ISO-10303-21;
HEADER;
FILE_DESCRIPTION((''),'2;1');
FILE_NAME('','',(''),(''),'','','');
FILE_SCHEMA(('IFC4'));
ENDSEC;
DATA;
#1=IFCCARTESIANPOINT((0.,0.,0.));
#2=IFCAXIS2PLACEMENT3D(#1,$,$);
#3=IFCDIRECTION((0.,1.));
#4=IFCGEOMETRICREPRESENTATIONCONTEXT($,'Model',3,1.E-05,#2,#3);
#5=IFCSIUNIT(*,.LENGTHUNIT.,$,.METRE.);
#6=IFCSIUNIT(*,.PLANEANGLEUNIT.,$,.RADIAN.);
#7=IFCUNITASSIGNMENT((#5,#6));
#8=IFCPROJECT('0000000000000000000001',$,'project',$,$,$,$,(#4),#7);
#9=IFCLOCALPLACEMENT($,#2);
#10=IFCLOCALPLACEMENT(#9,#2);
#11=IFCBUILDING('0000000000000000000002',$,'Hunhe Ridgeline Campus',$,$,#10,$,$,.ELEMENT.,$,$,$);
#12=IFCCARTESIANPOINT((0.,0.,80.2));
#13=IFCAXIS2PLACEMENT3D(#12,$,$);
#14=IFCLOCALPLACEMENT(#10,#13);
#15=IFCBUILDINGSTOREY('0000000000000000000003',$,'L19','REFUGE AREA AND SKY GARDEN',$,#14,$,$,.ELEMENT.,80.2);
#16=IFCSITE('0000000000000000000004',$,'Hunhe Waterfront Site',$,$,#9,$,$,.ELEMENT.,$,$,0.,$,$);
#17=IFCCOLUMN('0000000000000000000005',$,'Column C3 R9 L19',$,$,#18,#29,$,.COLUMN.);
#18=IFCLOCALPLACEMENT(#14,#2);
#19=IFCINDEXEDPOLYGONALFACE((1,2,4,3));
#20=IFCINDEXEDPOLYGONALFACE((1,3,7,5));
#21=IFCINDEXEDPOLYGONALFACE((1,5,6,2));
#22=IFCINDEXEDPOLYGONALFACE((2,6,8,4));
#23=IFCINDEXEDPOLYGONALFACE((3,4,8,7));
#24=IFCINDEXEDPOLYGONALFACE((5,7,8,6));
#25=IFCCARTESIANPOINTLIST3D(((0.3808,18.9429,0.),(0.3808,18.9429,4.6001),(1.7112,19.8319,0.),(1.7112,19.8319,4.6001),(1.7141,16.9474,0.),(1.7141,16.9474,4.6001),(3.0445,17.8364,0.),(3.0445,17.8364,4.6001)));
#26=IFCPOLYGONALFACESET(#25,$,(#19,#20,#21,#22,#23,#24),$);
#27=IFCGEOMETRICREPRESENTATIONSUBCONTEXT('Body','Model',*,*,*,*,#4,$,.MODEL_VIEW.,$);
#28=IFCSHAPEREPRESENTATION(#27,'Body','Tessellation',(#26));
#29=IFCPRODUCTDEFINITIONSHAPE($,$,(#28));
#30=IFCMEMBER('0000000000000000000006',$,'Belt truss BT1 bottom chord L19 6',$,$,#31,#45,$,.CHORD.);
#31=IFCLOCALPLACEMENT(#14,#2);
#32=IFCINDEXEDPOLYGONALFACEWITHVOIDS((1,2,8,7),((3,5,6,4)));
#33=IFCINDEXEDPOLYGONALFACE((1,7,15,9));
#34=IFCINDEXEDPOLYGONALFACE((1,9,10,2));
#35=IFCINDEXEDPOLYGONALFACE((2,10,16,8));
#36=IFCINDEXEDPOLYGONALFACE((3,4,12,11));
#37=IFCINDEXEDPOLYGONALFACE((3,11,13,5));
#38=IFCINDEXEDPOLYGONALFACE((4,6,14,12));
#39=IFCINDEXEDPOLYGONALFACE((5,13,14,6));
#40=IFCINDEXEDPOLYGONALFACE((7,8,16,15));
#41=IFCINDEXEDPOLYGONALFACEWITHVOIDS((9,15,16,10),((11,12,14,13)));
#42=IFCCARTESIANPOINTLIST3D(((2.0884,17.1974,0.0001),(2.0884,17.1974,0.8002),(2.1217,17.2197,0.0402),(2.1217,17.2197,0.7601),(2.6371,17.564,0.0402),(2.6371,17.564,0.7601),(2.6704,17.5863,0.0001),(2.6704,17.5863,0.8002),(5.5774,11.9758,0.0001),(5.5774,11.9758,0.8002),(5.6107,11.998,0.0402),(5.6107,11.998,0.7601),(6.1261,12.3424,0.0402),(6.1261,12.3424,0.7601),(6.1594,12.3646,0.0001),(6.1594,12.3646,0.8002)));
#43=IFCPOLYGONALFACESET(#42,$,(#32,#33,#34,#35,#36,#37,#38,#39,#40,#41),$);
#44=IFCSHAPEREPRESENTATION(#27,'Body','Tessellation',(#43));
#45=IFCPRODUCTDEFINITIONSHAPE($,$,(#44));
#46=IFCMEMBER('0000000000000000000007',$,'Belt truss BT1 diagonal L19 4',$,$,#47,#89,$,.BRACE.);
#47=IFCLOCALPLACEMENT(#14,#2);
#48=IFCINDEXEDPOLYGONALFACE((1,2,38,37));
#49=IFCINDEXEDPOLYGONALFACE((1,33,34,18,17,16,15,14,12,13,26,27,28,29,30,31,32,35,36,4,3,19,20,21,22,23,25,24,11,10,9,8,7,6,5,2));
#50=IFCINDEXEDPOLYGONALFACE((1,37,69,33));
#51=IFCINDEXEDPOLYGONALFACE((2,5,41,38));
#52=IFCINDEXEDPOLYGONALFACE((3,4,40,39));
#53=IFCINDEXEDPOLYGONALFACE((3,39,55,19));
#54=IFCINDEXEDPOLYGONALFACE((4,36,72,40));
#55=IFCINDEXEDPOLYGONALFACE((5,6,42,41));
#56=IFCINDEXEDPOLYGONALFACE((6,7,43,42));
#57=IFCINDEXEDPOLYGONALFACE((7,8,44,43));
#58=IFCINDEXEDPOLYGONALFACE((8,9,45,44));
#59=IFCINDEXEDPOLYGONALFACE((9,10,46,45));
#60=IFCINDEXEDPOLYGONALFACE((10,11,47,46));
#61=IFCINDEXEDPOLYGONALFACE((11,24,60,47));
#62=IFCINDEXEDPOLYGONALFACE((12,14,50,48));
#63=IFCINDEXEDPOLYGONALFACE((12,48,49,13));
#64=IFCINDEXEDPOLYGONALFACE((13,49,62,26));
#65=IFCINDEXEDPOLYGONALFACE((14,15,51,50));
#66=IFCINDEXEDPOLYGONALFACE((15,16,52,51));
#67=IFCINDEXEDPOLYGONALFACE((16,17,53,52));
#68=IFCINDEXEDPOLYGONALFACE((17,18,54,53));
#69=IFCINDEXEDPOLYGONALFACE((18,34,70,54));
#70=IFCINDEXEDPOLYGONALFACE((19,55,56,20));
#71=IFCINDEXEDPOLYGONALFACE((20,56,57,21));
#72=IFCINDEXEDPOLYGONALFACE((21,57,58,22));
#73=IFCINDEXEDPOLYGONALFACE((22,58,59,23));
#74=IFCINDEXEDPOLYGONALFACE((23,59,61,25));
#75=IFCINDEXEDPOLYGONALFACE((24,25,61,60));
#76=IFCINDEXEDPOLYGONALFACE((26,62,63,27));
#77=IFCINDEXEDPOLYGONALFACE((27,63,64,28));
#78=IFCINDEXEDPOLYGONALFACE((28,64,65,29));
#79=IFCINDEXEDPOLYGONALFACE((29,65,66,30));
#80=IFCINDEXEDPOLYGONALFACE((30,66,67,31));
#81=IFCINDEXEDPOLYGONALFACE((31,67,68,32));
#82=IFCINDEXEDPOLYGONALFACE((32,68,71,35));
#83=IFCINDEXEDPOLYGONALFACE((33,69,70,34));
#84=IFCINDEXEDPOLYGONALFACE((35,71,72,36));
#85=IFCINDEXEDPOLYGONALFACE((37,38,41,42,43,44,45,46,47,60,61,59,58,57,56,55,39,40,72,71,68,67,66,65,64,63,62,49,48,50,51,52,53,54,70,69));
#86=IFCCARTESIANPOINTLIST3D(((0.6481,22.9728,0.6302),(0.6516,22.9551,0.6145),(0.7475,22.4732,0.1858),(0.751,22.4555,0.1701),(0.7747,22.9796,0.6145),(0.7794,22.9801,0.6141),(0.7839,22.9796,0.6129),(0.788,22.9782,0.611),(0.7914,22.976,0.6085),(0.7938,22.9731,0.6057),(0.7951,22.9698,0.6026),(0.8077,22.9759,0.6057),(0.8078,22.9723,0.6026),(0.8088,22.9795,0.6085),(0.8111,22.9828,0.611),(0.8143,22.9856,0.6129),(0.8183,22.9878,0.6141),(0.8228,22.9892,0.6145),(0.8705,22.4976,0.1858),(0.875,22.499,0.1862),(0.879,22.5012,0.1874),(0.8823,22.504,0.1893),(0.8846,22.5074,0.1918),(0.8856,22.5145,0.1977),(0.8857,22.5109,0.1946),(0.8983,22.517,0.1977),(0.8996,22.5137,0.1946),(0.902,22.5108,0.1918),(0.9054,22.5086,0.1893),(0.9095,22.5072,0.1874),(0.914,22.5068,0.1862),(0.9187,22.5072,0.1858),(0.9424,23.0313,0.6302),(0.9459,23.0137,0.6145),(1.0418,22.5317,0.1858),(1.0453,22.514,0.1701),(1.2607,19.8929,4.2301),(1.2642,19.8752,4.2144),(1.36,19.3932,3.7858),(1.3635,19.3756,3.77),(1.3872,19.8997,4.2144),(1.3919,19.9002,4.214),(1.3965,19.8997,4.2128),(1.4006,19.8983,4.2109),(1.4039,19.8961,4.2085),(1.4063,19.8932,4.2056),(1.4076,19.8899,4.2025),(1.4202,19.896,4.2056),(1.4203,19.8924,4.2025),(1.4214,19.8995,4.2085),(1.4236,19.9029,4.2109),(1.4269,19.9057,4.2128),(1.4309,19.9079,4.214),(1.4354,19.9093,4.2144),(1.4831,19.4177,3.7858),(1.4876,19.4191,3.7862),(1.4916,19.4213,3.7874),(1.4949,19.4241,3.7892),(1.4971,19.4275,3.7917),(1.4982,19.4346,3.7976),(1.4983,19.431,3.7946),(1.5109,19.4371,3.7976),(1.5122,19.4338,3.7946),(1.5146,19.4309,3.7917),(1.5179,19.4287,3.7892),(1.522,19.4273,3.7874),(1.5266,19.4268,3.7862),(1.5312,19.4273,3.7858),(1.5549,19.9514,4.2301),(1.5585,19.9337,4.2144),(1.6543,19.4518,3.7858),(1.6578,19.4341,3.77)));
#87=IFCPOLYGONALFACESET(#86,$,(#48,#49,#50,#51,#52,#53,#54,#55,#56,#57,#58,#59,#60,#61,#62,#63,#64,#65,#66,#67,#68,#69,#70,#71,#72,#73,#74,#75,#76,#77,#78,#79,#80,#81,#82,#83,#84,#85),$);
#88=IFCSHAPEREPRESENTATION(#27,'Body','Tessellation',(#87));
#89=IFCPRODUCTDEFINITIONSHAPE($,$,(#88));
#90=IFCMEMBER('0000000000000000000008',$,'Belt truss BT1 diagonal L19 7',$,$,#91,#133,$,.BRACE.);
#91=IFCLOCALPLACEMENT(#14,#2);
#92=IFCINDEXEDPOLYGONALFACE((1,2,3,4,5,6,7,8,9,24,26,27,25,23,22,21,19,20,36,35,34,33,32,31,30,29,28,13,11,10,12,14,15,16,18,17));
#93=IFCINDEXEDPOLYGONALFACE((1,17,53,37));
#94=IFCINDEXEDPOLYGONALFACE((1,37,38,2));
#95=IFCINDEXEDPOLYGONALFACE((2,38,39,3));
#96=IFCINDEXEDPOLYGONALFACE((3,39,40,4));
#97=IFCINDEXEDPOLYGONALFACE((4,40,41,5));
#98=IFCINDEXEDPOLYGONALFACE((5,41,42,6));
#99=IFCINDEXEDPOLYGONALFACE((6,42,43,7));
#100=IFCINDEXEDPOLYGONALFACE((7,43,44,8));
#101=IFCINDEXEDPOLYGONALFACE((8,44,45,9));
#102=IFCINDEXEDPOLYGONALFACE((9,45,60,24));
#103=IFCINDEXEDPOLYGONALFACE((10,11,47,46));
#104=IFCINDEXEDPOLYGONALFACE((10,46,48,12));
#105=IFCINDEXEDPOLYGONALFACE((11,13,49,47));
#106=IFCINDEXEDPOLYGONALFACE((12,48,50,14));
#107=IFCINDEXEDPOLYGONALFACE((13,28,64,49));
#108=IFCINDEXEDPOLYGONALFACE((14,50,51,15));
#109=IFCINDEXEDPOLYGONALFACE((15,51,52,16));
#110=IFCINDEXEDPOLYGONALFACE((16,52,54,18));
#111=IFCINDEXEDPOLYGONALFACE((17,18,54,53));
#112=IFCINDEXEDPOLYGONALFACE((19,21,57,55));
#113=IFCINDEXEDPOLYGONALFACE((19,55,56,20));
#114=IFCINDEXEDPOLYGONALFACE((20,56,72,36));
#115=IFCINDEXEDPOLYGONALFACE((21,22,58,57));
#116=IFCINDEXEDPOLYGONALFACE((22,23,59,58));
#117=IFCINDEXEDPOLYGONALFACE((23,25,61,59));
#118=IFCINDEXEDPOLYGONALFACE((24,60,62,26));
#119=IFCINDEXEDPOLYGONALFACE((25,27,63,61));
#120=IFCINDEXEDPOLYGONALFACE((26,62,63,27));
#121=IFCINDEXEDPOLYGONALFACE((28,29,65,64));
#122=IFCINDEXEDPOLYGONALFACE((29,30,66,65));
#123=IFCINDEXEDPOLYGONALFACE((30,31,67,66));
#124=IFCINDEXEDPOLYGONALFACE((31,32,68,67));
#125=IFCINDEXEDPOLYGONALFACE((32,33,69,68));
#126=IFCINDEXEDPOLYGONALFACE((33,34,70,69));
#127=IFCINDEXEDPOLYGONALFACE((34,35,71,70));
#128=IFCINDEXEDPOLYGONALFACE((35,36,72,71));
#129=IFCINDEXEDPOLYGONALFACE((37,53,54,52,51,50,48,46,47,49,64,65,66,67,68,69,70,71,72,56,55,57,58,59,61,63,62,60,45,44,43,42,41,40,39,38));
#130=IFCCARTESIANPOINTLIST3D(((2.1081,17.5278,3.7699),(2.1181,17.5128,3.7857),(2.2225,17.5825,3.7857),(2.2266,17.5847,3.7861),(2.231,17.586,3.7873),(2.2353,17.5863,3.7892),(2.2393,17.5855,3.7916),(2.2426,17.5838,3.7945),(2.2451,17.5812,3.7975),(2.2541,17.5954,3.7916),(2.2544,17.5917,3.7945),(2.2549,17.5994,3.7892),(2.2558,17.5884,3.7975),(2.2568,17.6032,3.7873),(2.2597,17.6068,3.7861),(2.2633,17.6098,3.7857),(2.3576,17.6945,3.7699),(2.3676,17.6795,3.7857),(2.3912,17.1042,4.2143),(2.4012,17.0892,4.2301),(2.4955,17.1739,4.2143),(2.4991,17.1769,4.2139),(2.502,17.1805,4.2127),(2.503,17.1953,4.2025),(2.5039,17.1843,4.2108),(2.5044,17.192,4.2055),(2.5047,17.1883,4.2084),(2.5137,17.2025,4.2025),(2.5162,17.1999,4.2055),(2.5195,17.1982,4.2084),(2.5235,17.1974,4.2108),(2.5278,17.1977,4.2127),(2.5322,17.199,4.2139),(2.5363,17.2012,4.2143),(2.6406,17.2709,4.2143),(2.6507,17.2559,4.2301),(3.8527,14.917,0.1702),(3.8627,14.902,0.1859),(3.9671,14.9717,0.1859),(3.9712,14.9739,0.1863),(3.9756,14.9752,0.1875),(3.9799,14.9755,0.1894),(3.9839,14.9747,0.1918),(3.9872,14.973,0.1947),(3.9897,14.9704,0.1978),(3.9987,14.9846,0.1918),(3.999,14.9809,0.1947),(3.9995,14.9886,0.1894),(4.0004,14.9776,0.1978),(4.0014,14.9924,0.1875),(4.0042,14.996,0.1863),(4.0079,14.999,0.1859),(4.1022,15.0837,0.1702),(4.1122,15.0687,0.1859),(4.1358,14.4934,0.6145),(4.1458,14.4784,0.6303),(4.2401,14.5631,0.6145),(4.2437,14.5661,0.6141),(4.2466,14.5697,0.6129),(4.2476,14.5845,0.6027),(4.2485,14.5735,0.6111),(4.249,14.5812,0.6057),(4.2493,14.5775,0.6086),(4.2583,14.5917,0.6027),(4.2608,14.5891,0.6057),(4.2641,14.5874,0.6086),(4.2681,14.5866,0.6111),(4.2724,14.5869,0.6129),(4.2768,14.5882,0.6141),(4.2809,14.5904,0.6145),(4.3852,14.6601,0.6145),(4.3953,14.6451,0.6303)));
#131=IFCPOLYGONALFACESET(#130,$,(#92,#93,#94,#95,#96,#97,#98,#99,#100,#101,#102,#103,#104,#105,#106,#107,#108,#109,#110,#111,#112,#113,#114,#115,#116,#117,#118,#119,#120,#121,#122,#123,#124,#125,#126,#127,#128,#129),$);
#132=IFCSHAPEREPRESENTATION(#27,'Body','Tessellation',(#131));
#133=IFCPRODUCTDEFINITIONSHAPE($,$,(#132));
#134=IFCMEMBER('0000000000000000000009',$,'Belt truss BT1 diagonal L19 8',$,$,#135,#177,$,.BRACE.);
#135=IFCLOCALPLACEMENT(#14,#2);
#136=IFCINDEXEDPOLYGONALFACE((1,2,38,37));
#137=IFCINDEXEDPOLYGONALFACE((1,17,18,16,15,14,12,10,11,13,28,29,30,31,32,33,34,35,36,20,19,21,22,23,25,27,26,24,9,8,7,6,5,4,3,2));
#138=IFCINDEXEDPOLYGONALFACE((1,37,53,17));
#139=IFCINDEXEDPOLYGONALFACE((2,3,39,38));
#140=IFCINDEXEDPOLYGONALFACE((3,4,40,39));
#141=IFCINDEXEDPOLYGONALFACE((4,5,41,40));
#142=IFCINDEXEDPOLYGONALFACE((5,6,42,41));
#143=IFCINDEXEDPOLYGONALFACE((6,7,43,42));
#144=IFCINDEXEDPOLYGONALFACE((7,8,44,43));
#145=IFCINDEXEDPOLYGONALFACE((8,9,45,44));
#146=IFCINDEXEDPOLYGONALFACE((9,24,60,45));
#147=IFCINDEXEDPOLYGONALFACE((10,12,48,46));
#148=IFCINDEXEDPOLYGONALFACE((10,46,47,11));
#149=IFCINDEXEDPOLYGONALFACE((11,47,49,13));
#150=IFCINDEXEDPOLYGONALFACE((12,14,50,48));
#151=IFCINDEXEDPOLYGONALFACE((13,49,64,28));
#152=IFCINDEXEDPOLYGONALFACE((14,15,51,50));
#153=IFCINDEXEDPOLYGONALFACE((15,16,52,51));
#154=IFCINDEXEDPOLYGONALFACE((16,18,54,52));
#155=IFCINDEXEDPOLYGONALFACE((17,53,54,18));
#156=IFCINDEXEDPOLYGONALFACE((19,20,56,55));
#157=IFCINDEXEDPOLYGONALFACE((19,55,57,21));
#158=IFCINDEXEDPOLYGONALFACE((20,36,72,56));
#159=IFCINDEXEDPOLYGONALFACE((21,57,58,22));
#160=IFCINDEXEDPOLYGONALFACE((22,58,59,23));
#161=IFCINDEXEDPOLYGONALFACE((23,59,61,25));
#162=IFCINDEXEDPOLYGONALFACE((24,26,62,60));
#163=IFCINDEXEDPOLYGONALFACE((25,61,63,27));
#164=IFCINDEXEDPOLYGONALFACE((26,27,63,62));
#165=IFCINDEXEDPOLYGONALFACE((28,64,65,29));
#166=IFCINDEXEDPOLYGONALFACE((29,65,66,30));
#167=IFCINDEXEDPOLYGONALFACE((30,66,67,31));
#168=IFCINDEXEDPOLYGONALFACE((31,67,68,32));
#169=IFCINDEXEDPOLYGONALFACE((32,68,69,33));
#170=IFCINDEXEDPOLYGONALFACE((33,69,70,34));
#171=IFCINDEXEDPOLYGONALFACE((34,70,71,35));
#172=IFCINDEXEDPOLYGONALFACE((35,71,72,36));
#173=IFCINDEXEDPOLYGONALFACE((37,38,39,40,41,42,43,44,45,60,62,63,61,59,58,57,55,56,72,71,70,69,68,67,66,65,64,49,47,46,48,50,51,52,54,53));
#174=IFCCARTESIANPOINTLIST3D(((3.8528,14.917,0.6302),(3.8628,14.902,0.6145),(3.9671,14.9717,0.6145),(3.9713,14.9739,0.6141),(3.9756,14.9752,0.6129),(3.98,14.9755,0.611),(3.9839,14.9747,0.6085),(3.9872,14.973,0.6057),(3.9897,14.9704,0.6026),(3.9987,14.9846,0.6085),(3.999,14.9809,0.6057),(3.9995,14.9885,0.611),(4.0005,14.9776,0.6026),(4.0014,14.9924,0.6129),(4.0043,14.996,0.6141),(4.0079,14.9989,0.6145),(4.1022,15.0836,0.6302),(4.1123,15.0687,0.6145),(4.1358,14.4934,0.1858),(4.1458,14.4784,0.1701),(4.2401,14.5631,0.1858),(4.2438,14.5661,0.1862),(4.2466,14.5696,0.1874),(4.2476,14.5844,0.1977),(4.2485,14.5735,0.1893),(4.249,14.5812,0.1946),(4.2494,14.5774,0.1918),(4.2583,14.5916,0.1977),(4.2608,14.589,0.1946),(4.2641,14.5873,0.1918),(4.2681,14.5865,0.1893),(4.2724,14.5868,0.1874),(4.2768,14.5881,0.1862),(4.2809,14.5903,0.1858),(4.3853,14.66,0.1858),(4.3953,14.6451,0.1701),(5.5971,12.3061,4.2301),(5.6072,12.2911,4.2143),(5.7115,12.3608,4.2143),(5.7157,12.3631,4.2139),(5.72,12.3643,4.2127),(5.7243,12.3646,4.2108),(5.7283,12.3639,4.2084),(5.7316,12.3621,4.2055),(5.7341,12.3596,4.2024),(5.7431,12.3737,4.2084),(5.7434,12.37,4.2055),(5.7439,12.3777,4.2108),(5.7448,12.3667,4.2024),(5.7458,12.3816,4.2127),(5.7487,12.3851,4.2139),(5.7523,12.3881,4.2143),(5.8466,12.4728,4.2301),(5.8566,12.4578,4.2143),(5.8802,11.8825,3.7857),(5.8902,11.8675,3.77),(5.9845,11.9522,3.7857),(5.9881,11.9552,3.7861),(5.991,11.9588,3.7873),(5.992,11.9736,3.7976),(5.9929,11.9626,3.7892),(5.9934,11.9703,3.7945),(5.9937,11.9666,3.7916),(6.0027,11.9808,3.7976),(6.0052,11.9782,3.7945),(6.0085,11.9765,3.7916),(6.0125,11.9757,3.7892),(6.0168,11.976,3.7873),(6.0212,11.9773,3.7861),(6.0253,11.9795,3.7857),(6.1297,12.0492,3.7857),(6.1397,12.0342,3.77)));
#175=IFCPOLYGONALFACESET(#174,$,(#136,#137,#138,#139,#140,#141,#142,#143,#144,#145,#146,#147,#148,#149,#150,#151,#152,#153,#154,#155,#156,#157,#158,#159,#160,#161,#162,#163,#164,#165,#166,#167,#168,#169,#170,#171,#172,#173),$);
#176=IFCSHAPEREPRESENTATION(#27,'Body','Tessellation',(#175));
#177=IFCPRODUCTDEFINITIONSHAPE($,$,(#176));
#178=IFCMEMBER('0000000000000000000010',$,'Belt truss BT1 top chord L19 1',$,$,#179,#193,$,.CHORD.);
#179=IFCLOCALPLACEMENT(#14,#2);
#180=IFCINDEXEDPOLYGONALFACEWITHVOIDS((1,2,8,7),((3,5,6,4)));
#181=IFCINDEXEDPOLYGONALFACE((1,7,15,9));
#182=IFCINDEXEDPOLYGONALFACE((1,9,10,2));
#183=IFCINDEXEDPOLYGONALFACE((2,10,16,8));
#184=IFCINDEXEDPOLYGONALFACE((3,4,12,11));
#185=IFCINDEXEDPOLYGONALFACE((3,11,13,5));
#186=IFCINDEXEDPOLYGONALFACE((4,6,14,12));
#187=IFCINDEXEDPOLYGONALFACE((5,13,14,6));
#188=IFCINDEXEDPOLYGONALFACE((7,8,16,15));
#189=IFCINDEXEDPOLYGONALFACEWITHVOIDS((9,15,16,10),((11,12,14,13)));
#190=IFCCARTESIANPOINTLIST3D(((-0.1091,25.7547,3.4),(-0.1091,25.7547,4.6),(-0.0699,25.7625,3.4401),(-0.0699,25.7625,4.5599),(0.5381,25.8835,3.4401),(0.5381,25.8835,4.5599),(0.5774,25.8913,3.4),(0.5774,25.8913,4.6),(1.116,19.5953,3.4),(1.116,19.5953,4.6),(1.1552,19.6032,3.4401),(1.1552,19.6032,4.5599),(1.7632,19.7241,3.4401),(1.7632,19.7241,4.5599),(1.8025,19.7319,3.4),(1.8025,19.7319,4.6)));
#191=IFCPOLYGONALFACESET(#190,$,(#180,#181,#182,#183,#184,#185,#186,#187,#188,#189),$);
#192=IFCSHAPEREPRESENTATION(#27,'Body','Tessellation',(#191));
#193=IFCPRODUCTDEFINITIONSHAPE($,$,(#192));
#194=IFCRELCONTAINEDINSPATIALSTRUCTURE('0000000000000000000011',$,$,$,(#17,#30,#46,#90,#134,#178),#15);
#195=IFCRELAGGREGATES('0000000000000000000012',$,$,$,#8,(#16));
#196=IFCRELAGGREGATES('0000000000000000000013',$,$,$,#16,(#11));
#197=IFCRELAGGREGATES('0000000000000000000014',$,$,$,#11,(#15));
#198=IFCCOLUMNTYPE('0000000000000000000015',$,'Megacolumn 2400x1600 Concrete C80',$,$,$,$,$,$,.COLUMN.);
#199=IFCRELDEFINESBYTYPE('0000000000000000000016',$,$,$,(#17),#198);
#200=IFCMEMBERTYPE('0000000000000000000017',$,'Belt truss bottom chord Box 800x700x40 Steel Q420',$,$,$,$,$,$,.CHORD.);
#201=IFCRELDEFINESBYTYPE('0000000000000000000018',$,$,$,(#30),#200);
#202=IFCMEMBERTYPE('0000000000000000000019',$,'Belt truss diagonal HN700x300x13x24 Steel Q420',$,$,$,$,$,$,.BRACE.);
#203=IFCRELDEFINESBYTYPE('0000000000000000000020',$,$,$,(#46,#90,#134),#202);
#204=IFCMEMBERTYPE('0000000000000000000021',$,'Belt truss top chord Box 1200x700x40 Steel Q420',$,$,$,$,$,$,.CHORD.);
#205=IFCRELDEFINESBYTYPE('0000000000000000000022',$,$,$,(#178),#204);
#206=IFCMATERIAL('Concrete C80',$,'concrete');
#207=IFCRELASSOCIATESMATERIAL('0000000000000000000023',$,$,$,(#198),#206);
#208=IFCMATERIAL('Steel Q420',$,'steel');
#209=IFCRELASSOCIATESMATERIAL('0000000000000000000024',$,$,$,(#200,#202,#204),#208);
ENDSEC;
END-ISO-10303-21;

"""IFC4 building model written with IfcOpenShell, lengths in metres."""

from ifc_helpers import new_model, si_unit, direction, frame, origin, origin_2d, place, context, subcontext, project, spatial, rectangle, hollow_rectangle, i_section, extrude, material, material_profile, profile_set, type_object, element, save


model = new_model("IFC4")

# Units and contexts
model_context = context("Model", 3, precision=1e-05, world=origin(), true_north=direction((0.0, 1.0)))
body_context = subcontext(model_context, "Body", "Model", "MODEL_VIEW")
ifc_project = project(units=[si_unit("LENGTHUNIT", "METRE"), si_unit("PLANEANGLEUNIT", "RADIAN")], contexts=[model_context])

# Site, building, storey
site_placement = place(None, origin())
site = spatial("IfcSite", under=ifc_project, at=site_placement, Name="Hunhe Waterfront Site", CompositionType="ELEMENT", RefElevation=0.0)
building_placement = place(site_placement, origin())
building = spatial("IfcBuilding", under=site, at=building_placement, Name="Hunhe Ridgeline Campus", CompositionType="ELEMENT")
storey_placement = place(building_placement, frame((0.0, 0.0, 80.2)))
storey = spatial("IfcBuildingStorey", under=building, at=storey_placement, Name="L19", Description="REFUGE AREA AND SKY GARDEN", CompositionType="ELEMENT", Elevation=80.2)

# Column
ifc_material_1 = material(Name="Concrete C80", Category="concrete")
ifc_material_profile_1 = material_profile(ifc_material_1, rectangle(XDim=2.3999, YDim=1.6001, at=origin_2d()))
ifc_profile_set_1 = profile_set([ifc_material_profile_1], Name="Concrete C80")
column_type = type_object("IfcColumnType", Name="Megacolumn 2400x1600 Concrete C80", PredefinedType="COLUMN", material=ifc_profile_set_1)
column_placement = place(storey_placement, frame((1.7126, 18.3896, 0.0), z_axis=(0.0, 0.0, 1.0), x_axis=(-0.55557, 0.83147, 0.0)))
element("IfcColumn", 1, at=column_placement, inside=storey, type_object=column_type, Name="Column C3 R9 L19", PredefinedType="COLUMN", context=body_context, shape_type="SweptSolid", body=[
    extrude(rectangle(XDim=2.3999, YDim=1.6001, at=origin_2d()), origin(), (0.0, 0.0, 1.0), 4.6001),
])

# Members
ifc_material_2 = material(Name="Steel Q420", Category="steel")
ifc_material_profile_2 = material_profile(ifc_material_2, hollow_rectangle(XDim=0.7, YDim=0.8, WallThickness=0.04, at=origin_2d()))
ifc_profile_set_2 = profile_set([ifc_material_profile_2], Name="Steel Q420")
member_type_1 = type_object("IfcMemberType", Name="Belt truss bottom chord Box 800x700x40 Steel Q420", PredefinedType="CHORD", material=ifc_profile_set_2)
member_1_placement = place(storey_placement, frame((2.3794, 17.3918, 0.4001), z_axis=(0.55557, -0.83147, 0.0), x_axis=(0.83147, 0.55557, 0.0)))
element("IfcMember", 2, at=member_1_placement, inside=storey, type_object=member_type_1, Name="Belt truss BT1 bottom chord L19 6", PredefinedType="CHORD", context=body_context, shape_type="SweptSolid", body=[
    extrude(hollow_rectangle(XDim=0.7, YDim=0.8, WallThickness=0.04, at=origin_2d()), origin(), (0.0, 0.0, 1.0), 6.28),
])
ifc_material_profile_3 = material_profile(ifc_material_2, i_section(OverallWidth=0.3, OverallDepth=0.7, WebThickness=0.0129, FlangeThickness=0.0239, FilletRadius=0.0181, at=origin_2d()))
ifc_profile_set_3 = profile_set([ifc_material_profile_3], Name="Steel Q420")
member_type_2 = type_object("IfcMemberType", Name="Belt truss diagonal HN700x300x13x24 Steel Q420", PredefinedType="BRACE", material=ifc_profile_set_3)
member_2_placement = place(storey_placement, frame((0.8467, 22.7434, 0.4001), z_axis=(0.128229, -0.644724, 0.753584), x_axis=(0.980789, 0.195069, 0.0)))
element("IfcMember", 3, at=member_2_placement, inside=storey, type_object=member_type_2, Name="Belt truss BT1 diagonal L19 4", PredefinedType="BRACE", context=body_context, shape_type="SweptSolid", body=[
    extrude(i_section(OverallWidth=0.3, OverallDepth=0.7, WebThickness=0.0129, FlangeThickness=0.0239, FilletRadius=0.0181, at=origin_2d()), origin(), (0.0, 0.0, 1.0), 4.7771),
])
for number, where, z_axis, x_axis, name in (
    (4, (2.3794, 17.3918, 4.0), (0.365219, -0.546551, -0.75359), (0.831452, 0.555597, 0.0), "Belt truss BT1 diagonal L19 7"),
    (5, (4.124, 14.781, 0.4001), (0.365175, -0.546561, 0.753604), (0.831488, 0.555543, 0.0), "Belt truss BT1 diagonal L19 8"),
):
    element("IfcMember", number, at=place(storey_placement, frame(where, z_axis=z_axis, x_axis=x_axis)), inside=storey, type_object=member_type_2, Name=name, PredefinedType="BRACE", context=body_context, shape_type="SweptSolid", body=[
        extrude(i_section(OverallWidth=0.3, OverallDepth=0.7, WebThickness=0.0129, FlangeThickness=0.0239, FilletRadius=0.0181, at=origin_2d()), origin(), (0.0, 0.0, 1.0), 4.7769),
    ])
ifc_material_profile_4 = material_profile(ifc_material_2, hollow_rectangle(XDim=0.7, YDim=1.2, WallThickness=0.04, at=origin_2d()))
ifc_profile_set_4 = profile_set([ifc_material_profile_4], Name="Steel Q420")
member_type_3 = type_object("IfcMemberType", Name="Belt truss top chord Box 1200x700x40 Steel Q420", PredefinedType="CHORD", material=ifc_profile_set_4)
for number, where, z_axis, x_axis, name in (
    (6, (0.2341, 25.823, 4.0), (0.195077, -0.980788, 0.0), (0.980788, 0.195077, 0.0), "Belt truss BT1 top chord L19 1"),
):
    element("IfcMember", number, at=place(storey_placement, frame(where, z_axis=z_axis, x_axis=x_axis)), inside=storey, type_object=member_type_3, Name=name, PredefinedType="CHORD", context=body_context, shape_type="SweptSolid", body=[
        extrude(hollow_rectangle(XDim=0.7, YDim=1.2, WallThickness=0.04, at=origin_2d()), origin(), (0.0, 0.0, 1.0), 6.28),
    ])

save(model, "model.ifc")
